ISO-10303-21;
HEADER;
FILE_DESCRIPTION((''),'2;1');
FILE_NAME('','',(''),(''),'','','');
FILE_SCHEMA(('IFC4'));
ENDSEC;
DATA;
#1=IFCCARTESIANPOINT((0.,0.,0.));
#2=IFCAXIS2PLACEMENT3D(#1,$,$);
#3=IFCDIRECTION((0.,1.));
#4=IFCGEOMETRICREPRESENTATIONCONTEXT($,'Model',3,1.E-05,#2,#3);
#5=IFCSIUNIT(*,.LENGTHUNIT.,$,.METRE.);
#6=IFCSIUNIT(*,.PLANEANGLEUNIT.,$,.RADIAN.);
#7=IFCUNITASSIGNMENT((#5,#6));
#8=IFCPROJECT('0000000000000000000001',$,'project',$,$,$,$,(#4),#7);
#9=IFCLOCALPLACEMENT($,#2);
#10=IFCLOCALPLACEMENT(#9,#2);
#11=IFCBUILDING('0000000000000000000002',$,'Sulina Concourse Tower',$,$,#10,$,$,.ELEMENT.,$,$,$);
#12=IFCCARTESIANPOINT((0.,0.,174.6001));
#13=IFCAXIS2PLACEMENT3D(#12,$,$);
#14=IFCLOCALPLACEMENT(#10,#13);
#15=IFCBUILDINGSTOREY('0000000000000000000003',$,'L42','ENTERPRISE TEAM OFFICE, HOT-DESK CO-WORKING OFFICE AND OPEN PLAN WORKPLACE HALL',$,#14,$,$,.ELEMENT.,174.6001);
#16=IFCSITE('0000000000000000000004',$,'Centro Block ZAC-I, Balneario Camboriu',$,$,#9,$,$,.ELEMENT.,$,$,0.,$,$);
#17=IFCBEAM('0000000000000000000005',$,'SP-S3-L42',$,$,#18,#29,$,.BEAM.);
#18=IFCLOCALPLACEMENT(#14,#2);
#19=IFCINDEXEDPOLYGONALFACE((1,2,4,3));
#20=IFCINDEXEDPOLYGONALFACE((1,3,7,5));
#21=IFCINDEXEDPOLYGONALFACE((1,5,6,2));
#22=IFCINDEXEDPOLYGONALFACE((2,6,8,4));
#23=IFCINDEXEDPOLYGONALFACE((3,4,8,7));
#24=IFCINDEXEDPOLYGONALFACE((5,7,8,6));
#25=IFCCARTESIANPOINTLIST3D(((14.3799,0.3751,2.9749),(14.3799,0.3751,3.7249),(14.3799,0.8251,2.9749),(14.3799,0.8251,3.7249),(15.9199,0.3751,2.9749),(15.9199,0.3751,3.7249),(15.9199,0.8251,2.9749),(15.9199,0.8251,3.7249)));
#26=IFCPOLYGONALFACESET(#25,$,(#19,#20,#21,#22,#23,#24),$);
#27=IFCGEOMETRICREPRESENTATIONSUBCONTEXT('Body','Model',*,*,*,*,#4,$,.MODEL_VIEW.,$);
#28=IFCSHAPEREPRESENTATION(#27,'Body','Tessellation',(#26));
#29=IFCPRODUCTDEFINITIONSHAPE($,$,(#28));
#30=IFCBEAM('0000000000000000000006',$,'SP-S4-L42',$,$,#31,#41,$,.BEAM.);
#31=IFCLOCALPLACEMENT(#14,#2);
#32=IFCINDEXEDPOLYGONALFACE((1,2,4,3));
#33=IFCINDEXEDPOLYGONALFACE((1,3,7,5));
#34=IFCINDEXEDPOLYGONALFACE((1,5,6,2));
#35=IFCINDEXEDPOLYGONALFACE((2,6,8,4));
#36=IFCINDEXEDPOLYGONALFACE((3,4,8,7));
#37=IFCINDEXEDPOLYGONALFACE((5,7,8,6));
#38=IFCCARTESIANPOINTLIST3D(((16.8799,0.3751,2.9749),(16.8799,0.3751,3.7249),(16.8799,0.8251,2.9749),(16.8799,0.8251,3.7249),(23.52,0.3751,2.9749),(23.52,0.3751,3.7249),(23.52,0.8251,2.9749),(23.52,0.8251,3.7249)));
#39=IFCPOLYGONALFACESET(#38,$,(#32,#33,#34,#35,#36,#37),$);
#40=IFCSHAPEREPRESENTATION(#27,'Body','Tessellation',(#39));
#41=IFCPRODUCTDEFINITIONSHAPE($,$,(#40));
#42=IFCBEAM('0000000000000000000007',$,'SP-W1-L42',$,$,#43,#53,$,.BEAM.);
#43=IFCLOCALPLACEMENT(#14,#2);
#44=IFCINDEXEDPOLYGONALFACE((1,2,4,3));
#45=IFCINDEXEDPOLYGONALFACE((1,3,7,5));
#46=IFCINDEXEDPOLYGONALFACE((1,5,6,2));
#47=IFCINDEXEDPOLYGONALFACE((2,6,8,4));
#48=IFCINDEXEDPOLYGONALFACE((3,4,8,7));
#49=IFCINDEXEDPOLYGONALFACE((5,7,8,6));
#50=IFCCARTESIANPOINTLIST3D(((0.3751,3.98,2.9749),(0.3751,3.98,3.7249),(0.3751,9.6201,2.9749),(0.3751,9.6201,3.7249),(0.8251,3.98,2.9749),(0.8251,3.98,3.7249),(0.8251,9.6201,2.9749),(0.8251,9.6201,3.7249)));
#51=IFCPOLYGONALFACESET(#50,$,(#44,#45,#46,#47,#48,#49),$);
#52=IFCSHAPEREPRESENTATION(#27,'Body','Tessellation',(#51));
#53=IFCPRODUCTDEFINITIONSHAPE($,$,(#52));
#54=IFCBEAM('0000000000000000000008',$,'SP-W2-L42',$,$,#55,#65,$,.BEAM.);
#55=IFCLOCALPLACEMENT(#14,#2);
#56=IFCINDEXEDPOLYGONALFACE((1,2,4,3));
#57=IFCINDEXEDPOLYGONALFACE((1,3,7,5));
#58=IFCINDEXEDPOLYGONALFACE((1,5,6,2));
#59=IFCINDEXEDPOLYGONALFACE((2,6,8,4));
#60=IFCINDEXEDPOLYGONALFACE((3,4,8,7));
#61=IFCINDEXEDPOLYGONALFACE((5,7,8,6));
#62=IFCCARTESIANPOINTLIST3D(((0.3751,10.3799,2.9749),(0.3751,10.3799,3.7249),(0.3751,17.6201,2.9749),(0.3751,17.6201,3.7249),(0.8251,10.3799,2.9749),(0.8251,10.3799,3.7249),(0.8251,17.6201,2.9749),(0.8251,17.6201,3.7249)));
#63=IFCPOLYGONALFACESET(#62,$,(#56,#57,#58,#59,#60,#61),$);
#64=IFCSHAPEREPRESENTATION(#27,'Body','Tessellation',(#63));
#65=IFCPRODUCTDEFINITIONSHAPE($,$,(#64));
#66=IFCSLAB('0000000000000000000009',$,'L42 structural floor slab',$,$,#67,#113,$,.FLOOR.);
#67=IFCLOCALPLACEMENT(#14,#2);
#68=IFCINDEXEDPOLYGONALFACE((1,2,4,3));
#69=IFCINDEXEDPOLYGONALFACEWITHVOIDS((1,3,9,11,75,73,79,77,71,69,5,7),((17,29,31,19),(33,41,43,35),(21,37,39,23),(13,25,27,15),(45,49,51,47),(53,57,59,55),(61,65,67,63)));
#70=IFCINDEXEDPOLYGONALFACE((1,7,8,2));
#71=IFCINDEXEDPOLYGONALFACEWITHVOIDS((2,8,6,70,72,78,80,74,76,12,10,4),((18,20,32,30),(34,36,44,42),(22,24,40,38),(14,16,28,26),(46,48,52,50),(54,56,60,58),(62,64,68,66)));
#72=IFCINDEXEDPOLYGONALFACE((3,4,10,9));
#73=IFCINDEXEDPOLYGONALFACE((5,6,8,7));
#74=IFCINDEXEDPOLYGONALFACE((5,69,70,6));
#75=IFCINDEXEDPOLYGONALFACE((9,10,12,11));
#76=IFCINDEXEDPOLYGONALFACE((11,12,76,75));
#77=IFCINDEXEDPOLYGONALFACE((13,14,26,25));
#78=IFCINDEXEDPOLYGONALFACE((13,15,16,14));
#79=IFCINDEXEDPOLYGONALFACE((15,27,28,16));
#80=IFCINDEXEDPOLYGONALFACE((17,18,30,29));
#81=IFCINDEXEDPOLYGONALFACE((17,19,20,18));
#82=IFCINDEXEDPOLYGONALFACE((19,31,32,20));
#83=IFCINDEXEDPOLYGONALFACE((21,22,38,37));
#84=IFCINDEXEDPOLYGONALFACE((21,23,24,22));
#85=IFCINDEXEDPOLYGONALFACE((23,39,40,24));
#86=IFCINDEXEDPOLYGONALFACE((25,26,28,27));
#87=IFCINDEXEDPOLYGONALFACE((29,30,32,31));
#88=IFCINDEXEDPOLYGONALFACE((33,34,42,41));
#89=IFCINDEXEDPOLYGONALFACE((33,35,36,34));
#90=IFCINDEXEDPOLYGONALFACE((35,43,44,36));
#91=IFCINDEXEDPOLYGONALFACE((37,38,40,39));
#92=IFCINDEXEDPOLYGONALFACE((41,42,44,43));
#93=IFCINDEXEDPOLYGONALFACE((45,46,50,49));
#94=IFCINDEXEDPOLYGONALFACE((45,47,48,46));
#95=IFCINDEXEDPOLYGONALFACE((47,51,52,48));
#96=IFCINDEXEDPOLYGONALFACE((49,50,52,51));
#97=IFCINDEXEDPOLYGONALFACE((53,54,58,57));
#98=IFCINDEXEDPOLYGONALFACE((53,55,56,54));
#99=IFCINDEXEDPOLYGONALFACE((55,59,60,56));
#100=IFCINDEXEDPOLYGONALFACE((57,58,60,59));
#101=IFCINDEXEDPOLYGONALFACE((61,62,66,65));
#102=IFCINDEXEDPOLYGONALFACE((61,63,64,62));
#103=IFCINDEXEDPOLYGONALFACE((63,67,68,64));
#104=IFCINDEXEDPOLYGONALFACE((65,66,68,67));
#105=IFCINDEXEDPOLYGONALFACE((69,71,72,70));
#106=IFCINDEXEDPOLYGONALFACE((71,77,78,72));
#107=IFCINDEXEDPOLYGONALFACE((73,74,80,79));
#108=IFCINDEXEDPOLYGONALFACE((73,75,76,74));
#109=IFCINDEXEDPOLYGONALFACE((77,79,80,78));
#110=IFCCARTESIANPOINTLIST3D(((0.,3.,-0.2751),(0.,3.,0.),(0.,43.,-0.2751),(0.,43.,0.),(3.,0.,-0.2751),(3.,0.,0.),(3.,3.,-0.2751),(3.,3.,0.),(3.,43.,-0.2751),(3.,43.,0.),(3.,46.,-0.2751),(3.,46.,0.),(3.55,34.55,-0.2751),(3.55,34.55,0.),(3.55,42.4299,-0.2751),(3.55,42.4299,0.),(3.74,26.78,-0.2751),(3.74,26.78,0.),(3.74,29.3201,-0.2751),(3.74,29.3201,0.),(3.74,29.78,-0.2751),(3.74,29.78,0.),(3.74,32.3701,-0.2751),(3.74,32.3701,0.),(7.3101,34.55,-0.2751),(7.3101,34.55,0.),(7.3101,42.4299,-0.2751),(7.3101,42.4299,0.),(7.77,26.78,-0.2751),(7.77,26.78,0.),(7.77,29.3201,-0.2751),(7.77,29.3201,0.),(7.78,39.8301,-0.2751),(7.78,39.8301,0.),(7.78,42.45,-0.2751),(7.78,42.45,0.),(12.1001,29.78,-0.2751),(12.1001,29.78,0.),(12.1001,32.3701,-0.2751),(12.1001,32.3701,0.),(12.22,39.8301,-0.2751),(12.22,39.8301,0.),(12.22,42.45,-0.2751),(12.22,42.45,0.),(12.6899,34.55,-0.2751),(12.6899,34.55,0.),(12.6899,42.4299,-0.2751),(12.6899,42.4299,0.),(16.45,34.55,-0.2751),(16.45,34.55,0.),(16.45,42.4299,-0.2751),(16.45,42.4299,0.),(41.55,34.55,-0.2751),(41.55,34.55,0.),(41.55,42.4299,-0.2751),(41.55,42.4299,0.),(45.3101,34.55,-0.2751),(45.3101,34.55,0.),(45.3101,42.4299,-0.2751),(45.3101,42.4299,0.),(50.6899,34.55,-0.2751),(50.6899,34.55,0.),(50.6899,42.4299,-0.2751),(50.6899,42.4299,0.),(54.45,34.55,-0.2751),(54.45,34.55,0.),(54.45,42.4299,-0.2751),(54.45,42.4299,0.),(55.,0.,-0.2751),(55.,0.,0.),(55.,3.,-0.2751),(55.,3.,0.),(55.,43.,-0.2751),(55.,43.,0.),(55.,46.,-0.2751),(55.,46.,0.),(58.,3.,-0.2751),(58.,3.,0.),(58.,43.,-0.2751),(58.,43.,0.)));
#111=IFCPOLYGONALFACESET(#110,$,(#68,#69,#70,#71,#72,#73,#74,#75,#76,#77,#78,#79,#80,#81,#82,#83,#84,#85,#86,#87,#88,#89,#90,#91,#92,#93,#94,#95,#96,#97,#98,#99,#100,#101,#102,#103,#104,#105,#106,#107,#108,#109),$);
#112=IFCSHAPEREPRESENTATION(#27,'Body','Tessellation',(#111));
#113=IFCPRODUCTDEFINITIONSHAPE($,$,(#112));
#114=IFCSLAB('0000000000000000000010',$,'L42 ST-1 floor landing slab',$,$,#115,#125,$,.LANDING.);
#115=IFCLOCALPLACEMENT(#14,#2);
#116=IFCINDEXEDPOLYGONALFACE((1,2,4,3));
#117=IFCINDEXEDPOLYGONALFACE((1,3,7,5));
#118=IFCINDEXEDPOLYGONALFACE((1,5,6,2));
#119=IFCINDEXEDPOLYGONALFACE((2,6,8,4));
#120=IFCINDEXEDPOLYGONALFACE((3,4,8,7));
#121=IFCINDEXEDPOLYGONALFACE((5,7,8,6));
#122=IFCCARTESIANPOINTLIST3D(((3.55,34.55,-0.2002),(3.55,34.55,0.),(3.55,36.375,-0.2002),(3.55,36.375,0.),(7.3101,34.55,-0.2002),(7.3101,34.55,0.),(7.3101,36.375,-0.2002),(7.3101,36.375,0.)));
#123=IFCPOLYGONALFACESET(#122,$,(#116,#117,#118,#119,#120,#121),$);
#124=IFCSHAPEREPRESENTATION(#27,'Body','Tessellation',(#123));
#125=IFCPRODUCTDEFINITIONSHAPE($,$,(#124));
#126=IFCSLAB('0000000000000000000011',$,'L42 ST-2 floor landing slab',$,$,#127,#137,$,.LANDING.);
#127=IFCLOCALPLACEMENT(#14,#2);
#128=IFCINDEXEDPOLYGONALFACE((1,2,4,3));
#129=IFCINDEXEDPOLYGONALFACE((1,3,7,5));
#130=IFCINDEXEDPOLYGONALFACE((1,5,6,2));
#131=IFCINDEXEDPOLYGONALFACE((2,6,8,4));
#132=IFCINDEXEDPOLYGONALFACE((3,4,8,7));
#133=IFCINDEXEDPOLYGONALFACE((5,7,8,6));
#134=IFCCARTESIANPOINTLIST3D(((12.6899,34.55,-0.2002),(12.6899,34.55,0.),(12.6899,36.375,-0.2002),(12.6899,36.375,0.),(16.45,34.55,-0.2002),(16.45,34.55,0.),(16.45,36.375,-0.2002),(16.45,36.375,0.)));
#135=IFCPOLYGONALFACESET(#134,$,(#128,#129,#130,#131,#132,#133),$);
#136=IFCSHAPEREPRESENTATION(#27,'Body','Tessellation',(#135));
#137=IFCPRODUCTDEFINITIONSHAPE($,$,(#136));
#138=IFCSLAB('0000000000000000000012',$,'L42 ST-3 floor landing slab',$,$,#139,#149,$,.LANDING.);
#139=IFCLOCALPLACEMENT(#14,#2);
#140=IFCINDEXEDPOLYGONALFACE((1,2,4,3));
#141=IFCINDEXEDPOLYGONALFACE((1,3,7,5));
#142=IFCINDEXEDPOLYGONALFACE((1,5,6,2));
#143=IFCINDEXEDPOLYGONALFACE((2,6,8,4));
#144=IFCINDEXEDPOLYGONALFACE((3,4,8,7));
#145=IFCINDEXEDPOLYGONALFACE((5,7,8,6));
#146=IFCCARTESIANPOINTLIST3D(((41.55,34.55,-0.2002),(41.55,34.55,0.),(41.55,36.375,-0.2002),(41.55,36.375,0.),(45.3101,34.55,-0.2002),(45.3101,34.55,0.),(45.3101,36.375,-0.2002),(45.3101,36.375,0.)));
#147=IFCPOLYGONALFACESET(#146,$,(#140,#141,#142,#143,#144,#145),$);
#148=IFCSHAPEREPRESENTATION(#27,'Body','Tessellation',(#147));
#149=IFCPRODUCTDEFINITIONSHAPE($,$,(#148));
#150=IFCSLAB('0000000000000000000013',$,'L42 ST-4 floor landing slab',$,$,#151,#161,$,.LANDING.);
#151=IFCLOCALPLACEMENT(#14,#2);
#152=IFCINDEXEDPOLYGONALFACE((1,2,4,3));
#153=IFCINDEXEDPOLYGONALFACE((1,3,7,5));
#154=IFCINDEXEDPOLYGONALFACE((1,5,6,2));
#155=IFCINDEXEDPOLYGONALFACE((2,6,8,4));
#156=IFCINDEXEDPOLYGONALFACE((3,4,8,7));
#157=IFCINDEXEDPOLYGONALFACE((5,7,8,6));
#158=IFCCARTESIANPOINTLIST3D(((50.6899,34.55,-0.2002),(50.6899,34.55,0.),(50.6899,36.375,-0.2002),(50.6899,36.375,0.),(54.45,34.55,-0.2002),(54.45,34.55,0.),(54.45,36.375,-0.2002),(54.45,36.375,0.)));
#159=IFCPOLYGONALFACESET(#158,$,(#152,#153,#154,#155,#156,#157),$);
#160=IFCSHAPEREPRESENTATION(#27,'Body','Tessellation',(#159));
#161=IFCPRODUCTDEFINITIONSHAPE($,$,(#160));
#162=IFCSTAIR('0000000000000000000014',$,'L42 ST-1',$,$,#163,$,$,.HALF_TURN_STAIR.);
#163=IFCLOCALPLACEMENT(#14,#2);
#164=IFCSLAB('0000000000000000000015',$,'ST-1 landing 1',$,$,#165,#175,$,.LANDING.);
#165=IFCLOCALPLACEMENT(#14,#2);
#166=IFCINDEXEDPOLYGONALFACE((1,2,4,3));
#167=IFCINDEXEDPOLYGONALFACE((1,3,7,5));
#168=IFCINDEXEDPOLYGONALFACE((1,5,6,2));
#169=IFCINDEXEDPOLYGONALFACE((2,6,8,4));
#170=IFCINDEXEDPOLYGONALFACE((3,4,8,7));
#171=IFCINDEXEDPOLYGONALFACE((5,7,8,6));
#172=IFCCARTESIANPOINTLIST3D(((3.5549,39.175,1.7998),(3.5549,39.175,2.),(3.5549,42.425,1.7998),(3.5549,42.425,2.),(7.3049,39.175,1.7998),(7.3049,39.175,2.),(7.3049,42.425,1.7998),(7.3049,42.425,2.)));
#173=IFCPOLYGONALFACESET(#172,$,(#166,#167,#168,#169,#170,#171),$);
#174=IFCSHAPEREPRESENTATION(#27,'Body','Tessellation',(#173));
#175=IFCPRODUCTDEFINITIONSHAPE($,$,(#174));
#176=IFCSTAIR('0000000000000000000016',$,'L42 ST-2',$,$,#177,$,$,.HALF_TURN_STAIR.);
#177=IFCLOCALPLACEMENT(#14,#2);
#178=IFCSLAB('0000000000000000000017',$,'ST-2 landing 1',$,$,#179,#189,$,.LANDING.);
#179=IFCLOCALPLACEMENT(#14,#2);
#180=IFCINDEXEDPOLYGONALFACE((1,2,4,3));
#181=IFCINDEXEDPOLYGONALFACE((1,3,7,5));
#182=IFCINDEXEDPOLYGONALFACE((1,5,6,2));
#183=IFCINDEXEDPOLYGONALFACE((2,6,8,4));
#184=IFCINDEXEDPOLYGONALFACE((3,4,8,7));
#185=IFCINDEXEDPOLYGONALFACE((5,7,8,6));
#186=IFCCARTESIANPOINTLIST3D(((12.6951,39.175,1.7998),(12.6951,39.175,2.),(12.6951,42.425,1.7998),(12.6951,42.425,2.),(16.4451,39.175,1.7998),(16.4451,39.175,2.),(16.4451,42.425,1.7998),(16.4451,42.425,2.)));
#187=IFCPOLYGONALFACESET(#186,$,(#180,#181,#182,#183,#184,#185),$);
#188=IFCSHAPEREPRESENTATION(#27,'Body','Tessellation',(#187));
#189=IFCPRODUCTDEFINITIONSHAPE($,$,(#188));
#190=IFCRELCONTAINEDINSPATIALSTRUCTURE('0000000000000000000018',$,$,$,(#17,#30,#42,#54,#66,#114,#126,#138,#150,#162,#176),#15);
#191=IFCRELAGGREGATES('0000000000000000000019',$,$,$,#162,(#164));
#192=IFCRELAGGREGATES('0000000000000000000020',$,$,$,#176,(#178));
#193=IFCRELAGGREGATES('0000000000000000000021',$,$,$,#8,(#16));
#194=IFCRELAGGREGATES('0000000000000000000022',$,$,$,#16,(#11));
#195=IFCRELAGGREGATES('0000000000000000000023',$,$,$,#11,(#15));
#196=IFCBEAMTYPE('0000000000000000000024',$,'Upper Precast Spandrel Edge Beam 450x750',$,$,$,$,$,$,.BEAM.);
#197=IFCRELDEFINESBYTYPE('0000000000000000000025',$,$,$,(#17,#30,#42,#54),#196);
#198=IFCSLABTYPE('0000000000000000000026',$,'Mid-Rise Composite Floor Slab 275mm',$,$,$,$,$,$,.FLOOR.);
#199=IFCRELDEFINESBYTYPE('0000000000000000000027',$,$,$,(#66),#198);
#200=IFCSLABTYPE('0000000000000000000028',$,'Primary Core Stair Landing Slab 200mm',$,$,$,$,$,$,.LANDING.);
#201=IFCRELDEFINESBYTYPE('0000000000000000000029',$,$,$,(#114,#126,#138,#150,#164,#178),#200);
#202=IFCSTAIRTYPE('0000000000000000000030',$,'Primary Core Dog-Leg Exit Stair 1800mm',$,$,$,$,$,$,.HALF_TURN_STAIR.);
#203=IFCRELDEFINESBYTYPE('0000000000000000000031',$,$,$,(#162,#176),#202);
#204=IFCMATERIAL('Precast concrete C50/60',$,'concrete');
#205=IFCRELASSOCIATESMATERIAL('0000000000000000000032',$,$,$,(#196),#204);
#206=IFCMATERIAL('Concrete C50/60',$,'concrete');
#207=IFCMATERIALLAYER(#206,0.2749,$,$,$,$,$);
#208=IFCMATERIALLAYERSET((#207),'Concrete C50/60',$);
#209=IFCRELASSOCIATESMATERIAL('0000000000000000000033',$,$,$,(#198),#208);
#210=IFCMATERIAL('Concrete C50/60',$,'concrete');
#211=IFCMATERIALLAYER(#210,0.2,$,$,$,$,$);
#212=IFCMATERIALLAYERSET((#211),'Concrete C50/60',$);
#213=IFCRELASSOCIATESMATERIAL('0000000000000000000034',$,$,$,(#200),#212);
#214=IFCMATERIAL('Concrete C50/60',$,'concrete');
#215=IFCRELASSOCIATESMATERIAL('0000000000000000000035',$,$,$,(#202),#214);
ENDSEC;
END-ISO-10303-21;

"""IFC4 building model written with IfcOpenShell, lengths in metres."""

from ifc_helpers import new_model, si_unit, direction, frame, origin, origin_2d, place, context, subcontext, project, spatial, polyline, rectangle, outline, extrude, material, layer, layer_set, material_profile, profile_set, type_object, element, aggregate, save


model = new_model("IFC4")

# Units and contexts
model_context = context("Model", 3, precision=1e-05, world=origin(), true_north=direction((0.0, 1.0)))
body_context = subcontext(model_context, "Body", "Model", "MODEL_VIEW")
ifc_project = project(units=[si_unit("LENGTHUNIT", "METRE"), si_unit("PLANEANGLEUNIT", "RADIAN")], contexts=[model_context])

# Site, building, storey
site_placement = place(None, origin())
site = spatial("IfcSite", under=ifc_project, at=site_placement, Name="Centro Block ZAC-I, Balneario Camboriu", CompositionType="ELEMENT", RefElevation=0.0)
building_placement = place(site_placement, origin())
building = spatial("IfcBuilding", under=site, at=building_placement, Name="Sulina Concourse Tower", CompositionType="ELEMENT")
storey_placement = place(building_placement, frame((0.0, 0.0, 174.6001)))
storey = spatial("IfcBuildingStorey", under=building, at=storey_placement, Name="L42", Description="ENTERPRISE TEAM OFFICE, HOT-DESK CO-WORKING OFFICE AND OPEN PLAN WORKPLACE HALL", CompositionType="ELEMENT", Elevation=174.6001)

# Beams
ifc_material_1 = material(Name="Precast concrete C50/60", Category="concrete")
ifc_material_profile_1 = material_profile(ifc_material_1, rectangle(XDim=0.45, YDim=0.75, at=origin_2d()), Name="RC 450x750")
ifc_profile_set_1 = profile_set([ifc_material_profile_1], Name="Precast concrete C50/60")
beam_type_1 = type_object("IfcBeamType", Name="Upper Precast Spandrel Edge Beam 450x750", PredefinedType="BEAM", material=ifc_profile_set_1)
beam_1_placement = place(storey_placement, frame((14.3799, 0.6001, 3.3499), z_axis=(1.0, 0.0, 0.0), x_axis=(0.0, 1.0, 0.0)))
element("IfcBeam", 1, at=beam_1_placement, inside=storey, type_object=beam_type_1, Name="SP-S3-L42", PredefinedType="BEAM", context=body_context, shape_type="SweptSolid", body=[
    extrude(rectangle(XDim=0.45, YDim=0.75, at=origin_2d()), origin(), (0.0, 0.0, 1.0), 1.54),
])
beam_2_placement = place(storey_placement, frame((16.8799, 0.6001, 3.3499), z_axis=(1.0, 0.0, 0.0), x_axis=(0.0, 1.0, 0.0)))
element("IfcBeam", 2, at=beam_2_placement, inside=storey, type_object=beam_type_1, Name="SP-S4-L42", PredefinedType="BEAM", context=body_context, shape_type="SweptSolid", body=[
    extrude(rectangle(XDim=0.45, YDim=0.75, at=origin_2d()), origin(), (0.0, 0.0, 1.0), 6.6401),
])
beam_3_placement = place(storey_placement, frame((0.6001, 3.98, 3.3499), z_axis=(0.0, 1.0, 0.0), x_axis=(-1.0, 0.0, 0.0)))
element("IfcBeam", 3, at=beam_3_placement, inside=storey, type_object=beam_type_1, Name="SP-W1-L42", PredefinedType="BEAM", context=body_context, shape_type="SweptSolid", body=[
    extrude(rectangle(XDim=0.45, YDim=0.75, at=origin_2d()), origin(), (0.0, 0.0, 1.0), 5.6401),
])
beam_4_placement = place(storey_placement, frame((0.6001, 10.3799, 3.3499), z_axis=(0.0, 1.0, 0.0), x_axis=(-1.0, 0.0, 0.0)))
element("IfcBeam", 4, at=beam_4_placement, inside=storey, type_object=beam_type_1, Name="SP-W2-L42", PredefinedType="BEAM", context=body_context, shape_type="SweptSolid", body=[
    extrude(rectangle(XDim=0.45, YDim=0.75, at=origin_2d()), origin(), (0.0, 0.0, 1.0), 7.2402),
])

# Slabs
ifc_material_2 = material(Name="Concrete C50/60", Category="concrete")
ifc_layer_1 = layer(ifc_material_2, 0.2749)
ifc_layer_set_1 = layer_set([ifc_layer_1], Name="Concrete C50/60")
slab_type_1 = type_object("IfcSlabType", Name="Mid-Rise Composite Floor Slab 275mm", PredefinedType="FLOOR", material=ifc_layer_set_1)
slab_1_placement = place(storey_placement, frame((0.0, 0.0, -0.2751)))
element("IfcSlab", 5, at=slab_1_placement, inside=storey, type_object=slab_type_1, Name="L42 structural floor slab", PredefinedType="FLOOR", context=body_context, shape_type="SweptSolid", body=[
    extrude(outline(polyline([(3.0, 0.0), (55.0, 0.0), (55.0, 3.0), (58.0, 3.0), (58.0, 43.0), (55.0, 43.0), (55.0, 46.0), (3.0, 46.0), (3.0, 43.0), (0.0, 43.0), (0.0, 3.0), (3.0, 3.0), (3.0, 0.0)]), holes=[polyline([(7.3101, 34.55), (7.3101, 42.4299), (3.55, 42.4299), (3.55, 34.55), (7.3101, 34.55)]), polyline([(16.45, 34.55), (16.45, 42.4299), (12.6899, 42.4299), (12.6899, 34.55), (16.45, 34.55)]), polyline([(45.3101, 34.55), (45.3101, 42.4299), (41.55, 42.4299), (41.55, 34.55), (45.3101, 34.55)]), polyline([(54.45, 34.55), (54.45, 42.4299), (50.6899, 42.4299), (50.6899, 34.55), (54.45, 34.55)]), polyline([(7.78, 39.8301), (12.22, 39.8301), (12.22, 42.45), (7.78, 42.45), (7.78, 39.8301)]), polyline([(3.74, 26.78), (7.77, 26.78), (7.77, 29.3201), (3.74, 29.3201), (3.74, 26.78)]), polyline([(3.74, 29.78), (12.1001, 29.78), (12.1001, 32.3701), (3.74, 32.3701), (3.74, 29.78)])]), origin(), (0.0, 0.0, 1.0), 0.2751),
])
ifc_material_3 = material(Name="Concrete C50/60", Category="concrete")
ifc_layer_2 = layer(ifc_material_3, 0.2)
ifc_layer_set_2 = layer_set([ifc_layer_2], Name="Concrete C50/60")
slab_type_2 = type_object("IfcSlabType", Name="Primary Core Stair Landing Slab 200mm", PredefinedType="LANDING", material=ifc_layer_set_2)
slab_2_placement = place(storey_placement, frame((0.0, 0.0, -0.2002)))
element("IfcSlab", 6, at=slab_2_placement, inside=storey, type_object=slab_type_2, Name="L42 ST-1 floor landing slab", PredefinedType="LANDING", context=body_context, shape_type="SweptSolid", body=[
    extrude(outline(polyline([(7.3101, 34.55), (7.3101, 36.375), (3.55, 36.375), (3.55, 34.55), (7.3101, 34.55)])), origin(), (0.0, 0.0, 1.0), 0.2002),
])
slab_3_placement = place(storey_placement, frame((0.0, 0.0, -0.2002)))
element("IfcSlab", 7, at=slab_3_placement, inside=storey, type_object=slab_type_2, Name="L42 ST-2 floor landing slab", PredefinedType="LANDING", context=body_context, shape_type="SweptSolid", body=[
    extrude(outline(polyline([(16.45, 34.55), (16.45, 36.375), (12.6899, 36.375), (12.6899, 34.55), (16.45, 34.55)])), origin(), (0.0, 0.0, 1.0), 0.2002),
])
slab_4_placement = place(storey_placement, frame((0.0, 0.0, -0.2002)))
element("IfcSlab", 8, at=slab_4_placement, inside=storey, type_object=slab_type_2, Name="L42 ST-3 floor landing slab", PredefinedType="LANDING", context=body_context, shape_type="SweptSolid", body=[
    extrude(outline(polyline([(45.3101, 34.55), (45.3101, 36.375), (41.55, 36.375), (41.55, 34.55), (45.3101, 34.55)])), origin(), (0.0, 0.0, 1.0), 0.2002),
])
slab_5_placement = place(storey_placement, frame((0.0, 0.0, -0.2002)))
element("IfcSlab", 9, at=slab_5_placement, inside=storey, type_object=slab_type_2, Name="L42 ST-4 floor landing slab", PredefinedType="LANDING", context=body_context, shape_type="SweptSolid", body=[
    extrude(outline(polyline([(54.45, 34.55), (54.45, 36.375), (50.6899, 36.375), (50.6899, 34.55), (54.45, 34.55)])), origin(), (0.0, 0.0, 1.0), 0.2002),
])

# Stairs, slabs
ifc_material_4 = material(Name="Concrete C50/60", Category="concrete")
stair_type_1 = type_object("IfcStairType", Name="Primary Core Dog-Leg Exit Stair 1800mm", PredefinedType="HALF_TURN_STAIR", material=ifc_material_4)
stair_1_placement = place(storey_placement, origin())
stair_1 = element("IfcStair", 10, at=stair_1_placement, inside=storey, type_object=stair_type_1, Name="L42 ST-1", PredefinedType="HALF_TURN_STAIR")
slab_6_placement = place(storey_placement, frame((0.0, 0.0, 1.7998)))
slab_6 = element("IfcSlab", 11, at=slab_6_placement, type_object=slab_type_2, Name="ST-1 landing 1", PredefinedType="LANDING", context=body_context, shape_type="SweptSolid", body=[
    extrude(outline(polyline([(7.3049, 39.175), (7.3049, 42.425), (3.5549, 42.425), (3.5549, 39.175), (7.3049, 39.175)])), origin(), (0.0, 0.0, 1.0), 0.2002),
])
aggregate(stair_1, [slab_6])
stair_2_placement = place(storey_placement, origin())
stair_2 = element("IfcStair", 12, at=stair_2_placement, inside=storey, type_object=stair_type_1, Name="L42 ST-2", PredefinedType="HALF_TURN_STAIR")
slab_7_placement = place(storey_placement, frame((0.0, 0.0, 1.7998)))
slab_7 = element("IfcSlab", 13, at=slab_7_placement, type_object=slab_type_2, Name="ST-2 landing 1", PredefinedType="LANDING", context=body_context, shape_type="SweptSolid", body=[
    extrude(outline(polyline([(16.4451, 39.175), (16.4451, 42.425), (12.6951, 42.425), (12.6951, 39.175), (16.4451, 39.175)])), origin(), (0.0, 0.0, 1.0), 0.2002),
])
aggregate(stair_2, [slab_7])

save(model, "model.ifc")
